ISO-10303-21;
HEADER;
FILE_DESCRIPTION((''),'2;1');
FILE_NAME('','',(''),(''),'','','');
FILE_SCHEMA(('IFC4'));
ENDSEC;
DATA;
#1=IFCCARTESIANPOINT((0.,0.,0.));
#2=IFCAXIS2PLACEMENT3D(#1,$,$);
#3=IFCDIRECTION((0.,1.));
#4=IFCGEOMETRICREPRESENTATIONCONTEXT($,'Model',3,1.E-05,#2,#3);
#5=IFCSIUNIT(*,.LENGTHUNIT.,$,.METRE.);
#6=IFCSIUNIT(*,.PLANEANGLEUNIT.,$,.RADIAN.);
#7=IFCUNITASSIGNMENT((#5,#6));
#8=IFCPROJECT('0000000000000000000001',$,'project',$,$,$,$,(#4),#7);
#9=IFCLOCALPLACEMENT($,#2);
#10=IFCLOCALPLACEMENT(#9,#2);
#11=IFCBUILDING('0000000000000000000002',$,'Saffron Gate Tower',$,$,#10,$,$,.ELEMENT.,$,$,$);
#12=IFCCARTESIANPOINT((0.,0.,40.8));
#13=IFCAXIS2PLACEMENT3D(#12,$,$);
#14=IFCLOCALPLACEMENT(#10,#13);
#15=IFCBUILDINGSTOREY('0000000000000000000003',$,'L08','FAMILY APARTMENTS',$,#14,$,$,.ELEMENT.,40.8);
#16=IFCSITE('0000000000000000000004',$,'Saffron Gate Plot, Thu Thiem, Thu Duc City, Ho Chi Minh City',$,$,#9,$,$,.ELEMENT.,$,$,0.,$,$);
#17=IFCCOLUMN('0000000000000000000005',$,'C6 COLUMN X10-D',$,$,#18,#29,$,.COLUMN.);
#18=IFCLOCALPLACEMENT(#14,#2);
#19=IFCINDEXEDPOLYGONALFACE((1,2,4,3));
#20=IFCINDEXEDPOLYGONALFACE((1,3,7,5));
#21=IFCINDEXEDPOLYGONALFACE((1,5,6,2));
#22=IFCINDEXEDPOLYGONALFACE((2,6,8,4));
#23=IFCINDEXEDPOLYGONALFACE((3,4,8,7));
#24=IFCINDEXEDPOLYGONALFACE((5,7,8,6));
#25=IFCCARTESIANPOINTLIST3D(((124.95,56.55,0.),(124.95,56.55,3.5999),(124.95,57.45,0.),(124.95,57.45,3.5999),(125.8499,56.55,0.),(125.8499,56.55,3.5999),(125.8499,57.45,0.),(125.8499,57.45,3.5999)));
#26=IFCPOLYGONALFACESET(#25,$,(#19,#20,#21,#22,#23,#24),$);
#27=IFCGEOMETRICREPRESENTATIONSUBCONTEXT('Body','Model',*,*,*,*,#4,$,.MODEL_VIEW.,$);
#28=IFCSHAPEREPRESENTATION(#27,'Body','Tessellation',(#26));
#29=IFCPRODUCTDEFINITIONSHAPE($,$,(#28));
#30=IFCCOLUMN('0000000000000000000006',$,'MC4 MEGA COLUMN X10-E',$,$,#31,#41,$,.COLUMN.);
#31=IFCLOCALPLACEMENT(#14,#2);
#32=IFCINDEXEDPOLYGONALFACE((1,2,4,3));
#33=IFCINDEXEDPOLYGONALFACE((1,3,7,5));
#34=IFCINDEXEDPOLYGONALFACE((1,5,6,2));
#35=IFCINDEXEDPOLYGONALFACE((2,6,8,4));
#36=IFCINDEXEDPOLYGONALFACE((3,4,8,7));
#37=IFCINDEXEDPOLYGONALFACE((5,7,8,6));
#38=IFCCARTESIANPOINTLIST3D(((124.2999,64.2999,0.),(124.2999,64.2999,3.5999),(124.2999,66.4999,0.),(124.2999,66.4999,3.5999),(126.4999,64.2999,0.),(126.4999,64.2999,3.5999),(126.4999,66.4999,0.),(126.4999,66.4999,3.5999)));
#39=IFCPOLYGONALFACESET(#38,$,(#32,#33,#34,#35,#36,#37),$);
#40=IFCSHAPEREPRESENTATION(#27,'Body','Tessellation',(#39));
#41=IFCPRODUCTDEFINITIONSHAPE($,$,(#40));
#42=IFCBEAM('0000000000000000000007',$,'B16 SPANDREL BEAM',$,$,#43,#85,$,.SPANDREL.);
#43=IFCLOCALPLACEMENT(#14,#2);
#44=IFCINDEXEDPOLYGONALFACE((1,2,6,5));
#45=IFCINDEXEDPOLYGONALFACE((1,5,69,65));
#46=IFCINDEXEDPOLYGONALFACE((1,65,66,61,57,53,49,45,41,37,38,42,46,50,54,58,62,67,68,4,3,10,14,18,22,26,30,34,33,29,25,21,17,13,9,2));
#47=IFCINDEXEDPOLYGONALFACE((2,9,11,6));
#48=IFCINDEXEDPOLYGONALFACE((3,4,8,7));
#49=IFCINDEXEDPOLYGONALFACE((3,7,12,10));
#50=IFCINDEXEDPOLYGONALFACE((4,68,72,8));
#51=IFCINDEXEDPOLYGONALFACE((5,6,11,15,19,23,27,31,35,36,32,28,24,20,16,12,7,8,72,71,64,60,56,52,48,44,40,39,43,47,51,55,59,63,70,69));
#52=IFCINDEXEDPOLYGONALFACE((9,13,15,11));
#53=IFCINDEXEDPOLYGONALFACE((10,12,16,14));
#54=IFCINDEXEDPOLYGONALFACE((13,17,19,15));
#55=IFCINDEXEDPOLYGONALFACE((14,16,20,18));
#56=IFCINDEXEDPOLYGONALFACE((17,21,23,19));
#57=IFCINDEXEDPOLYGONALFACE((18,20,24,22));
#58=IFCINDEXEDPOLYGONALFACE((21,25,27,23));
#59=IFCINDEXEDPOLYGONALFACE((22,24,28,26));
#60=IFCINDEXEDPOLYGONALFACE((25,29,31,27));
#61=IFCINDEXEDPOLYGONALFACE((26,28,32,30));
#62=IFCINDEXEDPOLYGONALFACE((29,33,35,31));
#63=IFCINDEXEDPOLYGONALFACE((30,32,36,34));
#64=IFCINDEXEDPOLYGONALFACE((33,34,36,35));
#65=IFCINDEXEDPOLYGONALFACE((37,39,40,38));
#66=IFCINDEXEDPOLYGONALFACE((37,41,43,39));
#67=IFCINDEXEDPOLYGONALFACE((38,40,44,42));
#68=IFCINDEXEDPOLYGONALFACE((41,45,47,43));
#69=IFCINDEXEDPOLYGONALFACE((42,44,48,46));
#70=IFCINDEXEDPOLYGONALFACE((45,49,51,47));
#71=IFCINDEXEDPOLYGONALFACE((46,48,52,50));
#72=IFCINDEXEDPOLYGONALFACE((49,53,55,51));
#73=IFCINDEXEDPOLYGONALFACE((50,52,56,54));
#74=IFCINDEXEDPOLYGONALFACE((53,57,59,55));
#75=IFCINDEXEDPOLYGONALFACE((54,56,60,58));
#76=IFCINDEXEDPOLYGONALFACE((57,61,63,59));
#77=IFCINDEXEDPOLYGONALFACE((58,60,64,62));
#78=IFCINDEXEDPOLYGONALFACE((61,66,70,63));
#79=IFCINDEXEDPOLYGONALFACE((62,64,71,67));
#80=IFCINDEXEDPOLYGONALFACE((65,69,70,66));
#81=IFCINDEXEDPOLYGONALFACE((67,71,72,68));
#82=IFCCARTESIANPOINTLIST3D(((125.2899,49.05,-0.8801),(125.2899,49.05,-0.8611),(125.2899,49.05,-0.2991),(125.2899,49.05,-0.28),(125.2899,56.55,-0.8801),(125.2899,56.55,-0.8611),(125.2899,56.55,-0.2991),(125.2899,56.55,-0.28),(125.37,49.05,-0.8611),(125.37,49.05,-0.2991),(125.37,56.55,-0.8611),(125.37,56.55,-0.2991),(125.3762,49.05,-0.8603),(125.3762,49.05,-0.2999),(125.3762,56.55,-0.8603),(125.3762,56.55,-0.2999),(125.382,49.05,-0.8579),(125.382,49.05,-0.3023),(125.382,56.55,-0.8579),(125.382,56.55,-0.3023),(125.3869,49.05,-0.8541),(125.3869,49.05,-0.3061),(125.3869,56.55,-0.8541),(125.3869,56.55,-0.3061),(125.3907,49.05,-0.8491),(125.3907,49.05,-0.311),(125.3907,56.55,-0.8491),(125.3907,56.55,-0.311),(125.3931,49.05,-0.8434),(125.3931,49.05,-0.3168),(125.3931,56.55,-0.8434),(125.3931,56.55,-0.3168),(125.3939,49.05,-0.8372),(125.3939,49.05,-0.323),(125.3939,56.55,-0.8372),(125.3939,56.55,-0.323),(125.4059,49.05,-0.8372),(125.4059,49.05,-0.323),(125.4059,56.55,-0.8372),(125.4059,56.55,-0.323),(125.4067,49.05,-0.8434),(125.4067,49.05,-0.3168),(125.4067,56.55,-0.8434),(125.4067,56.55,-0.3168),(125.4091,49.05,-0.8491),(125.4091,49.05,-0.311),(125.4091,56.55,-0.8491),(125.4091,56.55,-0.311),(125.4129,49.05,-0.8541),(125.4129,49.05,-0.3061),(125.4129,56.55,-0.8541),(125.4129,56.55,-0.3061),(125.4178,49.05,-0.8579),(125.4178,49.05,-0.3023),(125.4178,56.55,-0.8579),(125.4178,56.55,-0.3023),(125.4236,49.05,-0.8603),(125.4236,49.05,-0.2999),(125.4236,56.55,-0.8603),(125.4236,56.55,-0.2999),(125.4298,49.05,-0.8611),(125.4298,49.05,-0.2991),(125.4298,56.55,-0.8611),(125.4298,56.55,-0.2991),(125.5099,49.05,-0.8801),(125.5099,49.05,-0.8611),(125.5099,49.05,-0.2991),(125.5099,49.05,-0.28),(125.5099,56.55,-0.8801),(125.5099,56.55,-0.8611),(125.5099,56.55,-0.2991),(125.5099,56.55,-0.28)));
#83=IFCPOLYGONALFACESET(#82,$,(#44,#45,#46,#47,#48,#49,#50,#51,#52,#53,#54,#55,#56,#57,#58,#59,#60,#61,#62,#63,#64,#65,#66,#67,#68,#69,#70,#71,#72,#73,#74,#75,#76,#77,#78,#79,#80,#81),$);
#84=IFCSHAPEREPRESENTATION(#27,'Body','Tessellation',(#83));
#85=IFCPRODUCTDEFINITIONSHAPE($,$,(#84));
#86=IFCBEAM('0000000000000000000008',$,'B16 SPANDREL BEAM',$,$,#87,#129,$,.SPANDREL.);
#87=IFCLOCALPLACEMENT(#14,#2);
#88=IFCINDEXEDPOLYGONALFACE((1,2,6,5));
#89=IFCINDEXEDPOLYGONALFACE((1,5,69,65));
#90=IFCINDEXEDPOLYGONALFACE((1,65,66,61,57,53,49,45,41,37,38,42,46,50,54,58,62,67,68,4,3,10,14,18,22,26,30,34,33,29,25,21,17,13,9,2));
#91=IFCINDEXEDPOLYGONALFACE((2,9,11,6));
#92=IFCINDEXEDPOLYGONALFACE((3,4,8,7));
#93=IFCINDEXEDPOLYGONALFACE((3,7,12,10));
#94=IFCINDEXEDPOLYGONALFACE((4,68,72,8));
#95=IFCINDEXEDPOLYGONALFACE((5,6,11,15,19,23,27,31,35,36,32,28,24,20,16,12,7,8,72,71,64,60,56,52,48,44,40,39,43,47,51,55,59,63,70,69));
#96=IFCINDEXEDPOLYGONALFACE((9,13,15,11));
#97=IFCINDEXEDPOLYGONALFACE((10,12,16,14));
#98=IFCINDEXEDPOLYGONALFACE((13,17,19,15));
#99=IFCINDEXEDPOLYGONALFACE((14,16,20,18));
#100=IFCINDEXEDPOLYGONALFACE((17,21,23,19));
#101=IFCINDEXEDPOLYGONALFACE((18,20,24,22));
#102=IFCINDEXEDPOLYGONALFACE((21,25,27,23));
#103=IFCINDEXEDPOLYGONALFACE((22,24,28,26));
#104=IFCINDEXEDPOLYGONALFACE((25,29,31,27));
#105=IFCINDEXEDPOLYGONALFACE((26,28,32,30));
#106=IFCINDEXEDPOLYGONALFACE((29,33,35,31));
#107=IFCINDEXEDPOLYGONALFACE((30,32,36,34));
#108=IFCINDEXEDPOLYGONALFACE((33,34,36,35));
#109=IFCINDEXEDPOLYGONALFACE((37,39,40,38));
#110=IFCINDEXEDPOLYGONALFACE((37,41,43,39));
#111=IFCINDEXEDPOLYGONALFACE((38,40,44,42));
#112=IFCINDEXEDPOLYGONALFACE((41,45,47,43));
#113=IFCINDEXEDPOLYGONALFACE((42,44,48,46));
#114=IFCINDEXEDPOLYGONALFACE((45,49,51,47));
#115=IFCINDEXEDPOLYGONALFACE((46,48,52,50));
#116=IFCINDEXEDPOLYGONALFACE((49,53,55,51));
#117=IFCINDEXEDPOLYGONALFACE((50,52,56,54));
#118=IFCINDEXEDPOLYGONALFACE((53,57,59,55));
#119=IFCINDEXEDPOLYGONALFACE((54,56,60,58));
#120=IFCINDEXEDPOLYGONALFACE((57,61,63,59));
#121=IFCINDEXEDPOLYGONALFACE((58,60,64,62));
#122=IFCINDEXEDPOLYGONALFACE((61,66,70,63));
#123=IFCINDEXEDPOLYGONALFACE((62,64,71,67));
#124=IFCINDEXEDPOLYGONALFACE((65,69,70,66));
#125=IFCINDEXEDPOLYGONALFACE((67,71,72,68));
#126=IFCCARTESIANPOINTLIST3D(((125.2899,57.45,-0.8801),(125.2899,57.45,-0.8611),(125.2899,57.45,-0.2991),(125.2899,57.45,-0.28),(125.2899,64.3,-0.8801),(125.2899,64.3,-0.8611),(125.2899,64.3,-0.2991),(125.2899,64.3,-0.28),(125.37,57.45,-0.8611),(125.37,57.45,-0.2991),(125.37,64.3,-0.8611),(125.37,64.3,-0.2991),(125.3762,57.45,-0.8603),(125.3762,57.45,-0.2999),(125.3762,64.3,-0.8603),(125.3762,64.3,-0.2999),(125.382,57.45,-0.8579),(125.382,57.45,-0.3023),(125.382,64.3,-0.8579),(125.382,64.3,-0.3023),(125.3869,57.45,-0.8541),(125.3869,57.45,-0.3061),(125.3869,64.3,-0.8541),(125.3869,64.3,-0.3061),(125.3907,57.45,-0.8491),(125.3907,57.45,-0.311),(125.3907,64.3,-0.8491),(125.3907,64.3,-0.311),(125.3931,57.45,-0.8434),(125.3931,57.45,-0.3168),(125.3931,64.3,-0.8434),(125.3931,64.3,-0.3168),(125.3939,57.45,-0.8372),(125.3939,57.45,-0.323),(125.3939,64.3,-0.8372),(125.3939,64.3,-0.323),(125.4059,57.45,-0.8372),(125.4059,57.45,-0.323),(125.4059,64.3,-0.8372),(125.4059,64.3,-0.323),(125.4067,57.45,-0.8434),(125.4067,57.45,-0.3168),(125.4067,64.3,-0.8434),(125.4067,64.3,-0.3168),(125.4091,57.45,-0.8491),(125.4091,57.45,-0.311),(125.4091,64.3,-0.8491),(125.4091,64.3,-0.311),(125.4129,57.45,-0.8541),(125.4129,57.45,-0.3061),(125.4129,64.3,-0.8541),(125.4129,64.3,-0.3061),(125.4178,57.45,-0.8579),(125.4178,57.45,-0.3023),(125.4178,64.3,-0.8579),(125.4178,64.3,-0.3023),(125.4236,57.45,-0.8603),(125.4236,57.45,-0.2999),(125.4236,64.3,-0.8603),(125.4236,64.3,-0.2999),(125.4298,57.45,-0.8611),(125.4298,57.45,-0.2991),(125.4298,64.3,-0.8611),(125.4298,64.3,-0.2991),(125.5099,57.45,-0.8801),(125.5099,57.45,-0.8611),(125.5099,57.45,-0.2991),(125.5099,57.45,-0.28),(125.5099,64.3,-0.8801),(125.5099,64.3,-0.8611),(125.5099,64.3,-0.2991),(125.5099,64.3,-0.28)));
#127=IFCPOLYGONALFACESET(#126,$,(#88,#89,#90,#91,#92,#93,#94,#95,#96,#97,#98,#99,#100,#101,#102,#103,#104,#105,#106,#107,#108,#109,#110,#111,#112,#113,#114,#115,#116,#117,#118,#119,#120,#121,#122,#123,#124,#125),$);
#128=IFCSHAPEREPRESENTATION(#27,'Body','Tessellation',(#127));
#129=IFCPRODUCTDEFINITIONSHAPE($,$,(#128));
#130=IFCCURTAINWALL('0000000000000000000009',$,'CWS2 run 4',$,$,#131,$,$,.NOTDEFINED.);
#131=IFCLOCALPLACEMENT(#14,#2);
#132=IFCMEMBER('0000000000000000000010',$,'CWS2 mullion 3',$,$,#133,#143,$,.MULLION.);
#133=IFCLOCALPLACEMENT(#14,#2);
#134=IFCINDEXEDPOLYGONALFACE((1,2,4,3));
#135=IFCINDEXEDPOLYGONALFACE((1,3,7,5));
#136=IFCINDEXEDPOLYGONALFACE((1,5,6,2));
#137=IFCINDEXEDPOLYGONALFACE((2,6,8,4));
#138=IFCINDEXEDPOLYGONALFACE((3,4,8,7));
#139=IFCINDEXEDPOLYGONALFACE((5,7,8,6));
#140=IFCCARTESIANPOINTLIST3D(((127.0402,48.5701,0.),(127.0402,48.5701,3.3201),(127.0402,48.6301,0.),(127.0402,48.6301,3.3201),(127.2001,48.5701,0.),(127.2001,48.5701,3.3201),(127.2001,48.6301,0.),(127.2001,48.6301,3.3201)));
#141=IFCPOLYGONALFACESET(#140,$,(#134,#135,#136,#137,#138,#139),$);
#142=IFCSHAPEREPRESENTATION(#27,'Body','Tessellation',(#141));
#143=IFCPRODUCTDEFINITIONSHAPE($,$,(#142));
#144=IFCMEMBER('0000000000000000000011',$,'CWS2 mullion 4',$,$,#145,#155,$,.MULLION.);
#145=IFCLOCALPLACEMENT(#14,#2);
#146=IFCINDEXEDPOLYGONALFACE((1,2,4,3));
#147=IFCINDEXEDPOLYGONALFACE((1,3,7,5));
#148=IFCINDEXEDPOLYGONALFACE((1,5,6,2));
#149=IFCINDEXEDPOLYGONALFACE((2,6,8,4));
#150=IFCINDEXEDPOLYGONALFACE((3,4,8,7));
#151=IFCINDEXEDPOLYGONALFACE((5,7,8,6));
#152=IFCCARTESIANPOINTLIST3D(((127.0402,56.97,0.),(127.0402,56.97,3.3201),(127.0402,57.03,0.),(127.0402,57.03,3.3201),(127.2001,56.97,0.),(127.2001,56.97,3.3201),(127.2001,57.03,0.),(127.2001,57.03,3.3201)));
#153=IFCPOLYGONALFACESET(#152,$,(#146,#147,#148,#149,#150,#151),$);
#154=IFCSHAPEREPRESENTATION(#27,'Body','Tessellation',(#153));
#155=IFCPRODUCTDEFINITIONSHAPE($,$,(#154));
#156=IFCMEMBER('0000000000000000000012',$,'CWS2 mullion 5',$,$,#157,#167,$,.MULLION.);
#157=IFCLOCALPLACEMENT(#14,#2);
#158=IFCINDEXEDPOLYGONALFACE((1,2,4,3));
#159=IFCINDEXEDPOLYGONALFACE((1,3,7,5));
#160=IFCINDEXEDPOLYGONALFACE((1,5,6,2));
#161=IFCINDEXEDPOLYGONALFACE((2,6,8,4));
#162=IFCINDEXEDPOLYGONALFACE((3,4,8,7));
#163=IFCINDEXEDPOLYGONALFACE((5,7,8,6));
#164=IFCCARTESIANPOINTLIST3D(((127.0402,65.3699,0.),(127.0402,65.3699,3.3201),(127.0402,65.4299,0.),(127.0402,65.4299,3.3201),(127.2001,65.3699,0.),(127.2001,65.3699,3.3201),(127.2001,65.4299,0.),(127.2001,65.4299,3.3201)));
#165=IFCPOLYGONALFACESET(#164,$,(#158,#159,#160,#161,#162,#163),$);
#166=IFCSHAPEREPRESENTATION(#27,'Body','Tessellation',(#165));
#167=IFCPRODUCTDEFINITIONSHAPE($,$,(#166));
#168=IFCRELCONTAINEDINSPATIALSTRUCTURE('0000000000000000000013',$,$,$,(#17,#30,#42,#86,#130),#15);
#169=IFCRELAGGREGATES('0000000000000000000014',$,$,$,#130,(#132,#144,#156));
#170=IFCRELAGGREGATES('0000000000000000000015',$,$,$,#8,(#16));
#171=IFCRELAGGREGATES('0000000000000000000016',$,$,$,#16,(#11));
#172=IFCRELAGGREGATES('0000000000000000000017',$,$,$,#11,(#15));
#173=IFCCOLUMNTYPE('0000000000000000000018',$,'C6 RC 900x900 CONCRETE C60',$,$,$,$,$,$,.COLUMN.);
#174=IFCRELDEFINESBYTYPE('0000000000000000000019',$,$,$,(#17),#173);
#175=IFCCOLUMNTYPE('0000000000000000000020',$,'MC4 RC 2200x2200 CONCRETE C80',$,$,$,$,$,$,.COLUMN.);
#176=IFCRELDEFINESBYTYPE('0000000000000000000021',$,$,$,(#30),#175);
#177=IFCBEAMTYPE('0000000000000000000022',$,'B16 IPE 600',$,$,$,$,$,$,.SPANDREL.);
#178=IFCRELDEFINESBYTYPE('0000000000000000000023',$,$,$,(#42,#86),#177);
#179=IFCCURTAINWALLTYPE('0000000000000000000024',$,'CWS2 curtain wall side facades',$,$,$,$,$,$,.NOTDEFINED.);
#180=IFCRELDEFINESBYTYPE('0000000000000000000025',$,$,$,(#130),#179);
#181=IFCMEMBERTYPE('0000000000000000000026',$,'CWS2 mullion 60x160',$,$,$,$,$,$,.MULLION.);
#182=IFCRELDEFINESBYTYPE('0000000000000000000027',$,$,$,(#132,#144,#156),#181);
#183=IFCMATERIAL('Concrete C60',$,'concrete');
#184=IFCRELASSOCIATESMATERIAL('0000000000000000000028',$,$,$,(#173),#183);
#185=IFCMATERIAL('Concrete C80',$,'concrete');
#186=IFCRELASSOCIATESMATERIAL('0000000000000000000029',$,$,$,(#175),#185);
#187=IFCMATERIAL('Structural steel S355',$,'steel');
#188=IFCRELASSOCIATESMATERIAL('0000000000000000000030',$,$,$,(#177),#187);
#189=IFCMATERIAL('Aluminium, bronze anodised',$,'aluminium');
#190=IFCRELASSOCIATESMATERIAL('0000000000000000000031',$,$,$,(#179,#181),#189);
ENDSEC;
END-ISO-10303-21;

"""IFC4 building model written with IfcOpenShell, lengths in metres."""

from ifc_helpers import new_model, si_unit, direction, frame, origin, origin_2d, place, context, subcontext, project, spatial, rectangle, i_section, extrude, material, material_profile, profile_set, type_object, element, aggregate, save


model = new_model("IFC4")

# Units and contexts
model_context = context("Model", 3, precision=1e-05, world=origin(), true_north=direction((0.0, 1.0)))
body_context = subcontext(model_context, "Body", "Model", "MODEL_VIEW")
ifc_project = project(units=[si_unit("LENGTHUNIT", "METRE"), si_unit("PLANEANGLEUNIT", "RADIAN")], contexts=[model_context])

# Site, building, storey
site_placement = place(None, origin())
site = spatial("IfcSite", under=ifc_project, at=site_placement, Name="Saffron Gate Plot, Thu Thiem, Thu Duc City, Ho Chi Minh City", CompositionType="ELEMENT", RefElevation=0.0)
building_placement = place(site_placement, origin())
building = spatial("IfcBuilding", under=site, at=building_placement, Name="Saffron Gate Tower", CompositionType="ELEMENT")
storey_placement = place(building_placement, frame((0.0, 0.0, 40.8)))
storey = spatial("IfcBuildingStorey", under=building, at=storey_placement, Name="L08", Description="FAMILY APARTMENTS", CompositionType="ELEMENT", Elevation=40.8)

# Columns
ifc_material_1 = material(Name="Concrete C60", Category="concrete")
ifc_material_profile_1 = material_profile(ifc_material_1, rectangle(XDim=0.8999, YDim=0.8999, at=origin_2d()))
ifc_profile_set_1 = profile_set([ifc_material_profile_1], Name="Concrete C60")
column_type_1 = type_object("IfcColumnType", Name="C6 RC 900x900 CONCRETE C60", PredefinedType="COLUMN", material=ifc_profile_set_1)
column_1_placement = place(storey_placement, frame((125.3999, 57.0, 0.0), z_axis=(0.0, 0.0, 1.0), x_axis=(1.0, 0.0, 0.0)))
element("IfcColumn", 1, at=column_1_placement, inside=storey, type_object=column_type_1, Name="C6 COLUMN X10-D", PredefinedType="COLUMN", context=body_context, shape_type="SweptSolid", body=[
    extrude(rectangle(XDim=0.8999, YDim=0.8999, at=origin_2d()), origin(), (0.0, 0.0, 1.0), 3.5999),
])
ifc_material_2 = material(Name="Concrete C80", Category="concrete")
ifc_material_profile_2 = material_profile(ifc_material_2, rectangle(XDim=2.2, YDim=2.2, at=origin_2d()))
ifc_profile_set_2 = profile_set([ifc_material_profile_2], Name="Concrete C80")
column_type_2 = type_object("IfcColumnType", Name="MC4 RC 2200x2200 CONCRETE C80", PredefinedType="COLUMN", material=ifc_profile_set_2)
column_2_placement = place(storey_placement, frame((125.3999, 65.3999, 0.0), z_axis=(0.0, 0.0, 1.0), x_axis=(1.0, 0.0, 0.0)))
element("IfcColumn", 2, at=column_2_placement, inside=storey, type_object=column_type_2, Name="MC4 MEGA COLUMN X10-E", PredefinedType="COLUMN", context=body_context, shape_type="SweptSolid", body=[
    extrude(rectangle(XDim=2.2, YDim=2.2, at=origin_2d()), origin(), (0.0, 0.0, 1.0), 3.5999),
])

# Beams
ifc_material_3 = material(Name="Structural steel S355", Category="steel")
ifc_material_profile_3 = material_profile(ifc_material_3, i_section(OverallWidth=0.22, OverallDepth=0.6001, WebThickness=0.012, FlangeThickness=0.019, FilletRadius=0.0239, at=origin_2d()))
ifc_profile_set_3 = profile_set([ifc_material_profile_3], Name="Structural steel S355")
beam_type = type_object("IfcBeamType", Name="B16 IPE 600", PredefinedType="SPANDREL", material=ifc_profile_set_3)
beam_1_placement = place(storey_placement, frame((125.3999, 49.05, -0.5801), z_axis=(0.0, 1.0, 0.0), x_axis=(-1.0, 0.0, 0.0)))
element("IfcBeam", 3, at=beam_1_placement, inside=storey, type_object=beam_type, Name="B16 SPANDREL BEAM", PredefinedType="SPANDREL", context=body_context, shape_type="SweptSolid", body=[
    extrude(i_section(OverallWidth=0.22, OverallDepth=0.6001, WebThickness=0.012, FlangeThickness=0.019, FilletRadius=0.0239, at=origin_2d()), origin(), (0.0, 0.0, 1.0), 7.5),
])
beam_2_placement = place(storey_placement, frame((125.3999, 57.45, -0.5801), z_axis=(0.0, 1.0, 0.0), x_axis=(-1.0, 0.0, 0.0)))
element("IfcBeam", 4, at=beam_2_placement, inside=storey, type_object=beam_type, Name="B16 SPANDREL BEAM", PredefinedType="SPANDREL", context=body_context, shape_type="SweptSolid", body=[
    extrude(i_section(OverallWidth=0.22, OverallDepth=0.6001, WebThickness=0.012, FlangeThickness=0.019, FilletRadius=0.0239, at=origin_2d()), origin(), (0.0, 0.0, 1.0), 6.8501),
])

# Curtain wall, members
ifc_material_4 = material(Name="Aluminium, bronze anodised", Category="aluminium")
curtain_wall_type = type_object("IfcCurtainWallType", Name="CWS2 curtain wall side facades", PredefinedType="NOTDEFINED", material=ifc_material_4)
curtain_wall_placement = place(storey_placement, origin())
curtain_wall = element("IfcCurtainWall", 5, at=curtain_wall_placement, inside=storey, type_object=curtain_wall_type, Name="CWS2 run 4", PredefinedType="NOTDEFINED")
ifc_material_profile_4 = material_profile(ifc_material_4, rectangle(XDim=0.1599, YDim=0.0601, at=origin_2d()))
ifc_profile_set_4 = profile_set([ifc_material_profile_4], Name="Aluminium, bronze anodised")
member_type = type_object("IfcMemberType", Name="CWS2 mullion 60x160", PredefinedType="MULLION", material=ifc_profile_set_4)
member_1_placement = place(storey_placement, frame((127.1201, 48.6001, 0.0), z_axis=(0.0, 0.0, 1.0), x_axis=(-1.0, 0.0, 0.0)))
member_1 = element("IfcMember", 6, at=member_1_placement, type_object=member_type, Name="CWS2 mullion 3", PredefinedType="MULLION", context=body_context, shape_type="SweptSolid", body=[
    extrude(rectangle(XDim=0.1599, YDim=0.0601, at=origin_2d()), origin(), (0.0, 0.0, 1.0), 3.3201),
])
member_2_placement = place(storey_placement, frame((127.1201, 57.0, 0.0), z_axis=(0.0, 0.0, 1.0), x_axis=(-1.0, 0.0, 0.0)))
member_2 = element("IfcMember", 7, at=member_2_placement, type_object=member_type, Name="CWS2 mullion 4", PredefinedType="MULLION", context=body_context, shape_type="SweptSolid", body=[
    extrude(rectangle(XDim=0.1599, YDim=0.0601, at=origin_2d()), origin(), (0.0, 0.0, 1.0), 3.3201),
])
member_3_placement = place(storey_placement, frame((127.1201, 65.3999, 0.0), z_axis=(0.0, 0.0, 1.0), x_axis=(-1.0, 0.0, 0.0)))
member_3 = element("IfcMember", 8, at=member_3_placement, type_object=member_type, Name="CWS2 mullion 5", PredefinedType="MULLION", context=body_context, shape_type="SweptSolid", body=[
    extrude(rectangle(XDim=0.1599, YDim=0.0601, at=origin_2d()), origin(), (0.0, 0.0, 1.0), 3.3201),
])
aggregate(curtain_wall, [member_1, member_2, member_3])

save(model, "model.ifc")
